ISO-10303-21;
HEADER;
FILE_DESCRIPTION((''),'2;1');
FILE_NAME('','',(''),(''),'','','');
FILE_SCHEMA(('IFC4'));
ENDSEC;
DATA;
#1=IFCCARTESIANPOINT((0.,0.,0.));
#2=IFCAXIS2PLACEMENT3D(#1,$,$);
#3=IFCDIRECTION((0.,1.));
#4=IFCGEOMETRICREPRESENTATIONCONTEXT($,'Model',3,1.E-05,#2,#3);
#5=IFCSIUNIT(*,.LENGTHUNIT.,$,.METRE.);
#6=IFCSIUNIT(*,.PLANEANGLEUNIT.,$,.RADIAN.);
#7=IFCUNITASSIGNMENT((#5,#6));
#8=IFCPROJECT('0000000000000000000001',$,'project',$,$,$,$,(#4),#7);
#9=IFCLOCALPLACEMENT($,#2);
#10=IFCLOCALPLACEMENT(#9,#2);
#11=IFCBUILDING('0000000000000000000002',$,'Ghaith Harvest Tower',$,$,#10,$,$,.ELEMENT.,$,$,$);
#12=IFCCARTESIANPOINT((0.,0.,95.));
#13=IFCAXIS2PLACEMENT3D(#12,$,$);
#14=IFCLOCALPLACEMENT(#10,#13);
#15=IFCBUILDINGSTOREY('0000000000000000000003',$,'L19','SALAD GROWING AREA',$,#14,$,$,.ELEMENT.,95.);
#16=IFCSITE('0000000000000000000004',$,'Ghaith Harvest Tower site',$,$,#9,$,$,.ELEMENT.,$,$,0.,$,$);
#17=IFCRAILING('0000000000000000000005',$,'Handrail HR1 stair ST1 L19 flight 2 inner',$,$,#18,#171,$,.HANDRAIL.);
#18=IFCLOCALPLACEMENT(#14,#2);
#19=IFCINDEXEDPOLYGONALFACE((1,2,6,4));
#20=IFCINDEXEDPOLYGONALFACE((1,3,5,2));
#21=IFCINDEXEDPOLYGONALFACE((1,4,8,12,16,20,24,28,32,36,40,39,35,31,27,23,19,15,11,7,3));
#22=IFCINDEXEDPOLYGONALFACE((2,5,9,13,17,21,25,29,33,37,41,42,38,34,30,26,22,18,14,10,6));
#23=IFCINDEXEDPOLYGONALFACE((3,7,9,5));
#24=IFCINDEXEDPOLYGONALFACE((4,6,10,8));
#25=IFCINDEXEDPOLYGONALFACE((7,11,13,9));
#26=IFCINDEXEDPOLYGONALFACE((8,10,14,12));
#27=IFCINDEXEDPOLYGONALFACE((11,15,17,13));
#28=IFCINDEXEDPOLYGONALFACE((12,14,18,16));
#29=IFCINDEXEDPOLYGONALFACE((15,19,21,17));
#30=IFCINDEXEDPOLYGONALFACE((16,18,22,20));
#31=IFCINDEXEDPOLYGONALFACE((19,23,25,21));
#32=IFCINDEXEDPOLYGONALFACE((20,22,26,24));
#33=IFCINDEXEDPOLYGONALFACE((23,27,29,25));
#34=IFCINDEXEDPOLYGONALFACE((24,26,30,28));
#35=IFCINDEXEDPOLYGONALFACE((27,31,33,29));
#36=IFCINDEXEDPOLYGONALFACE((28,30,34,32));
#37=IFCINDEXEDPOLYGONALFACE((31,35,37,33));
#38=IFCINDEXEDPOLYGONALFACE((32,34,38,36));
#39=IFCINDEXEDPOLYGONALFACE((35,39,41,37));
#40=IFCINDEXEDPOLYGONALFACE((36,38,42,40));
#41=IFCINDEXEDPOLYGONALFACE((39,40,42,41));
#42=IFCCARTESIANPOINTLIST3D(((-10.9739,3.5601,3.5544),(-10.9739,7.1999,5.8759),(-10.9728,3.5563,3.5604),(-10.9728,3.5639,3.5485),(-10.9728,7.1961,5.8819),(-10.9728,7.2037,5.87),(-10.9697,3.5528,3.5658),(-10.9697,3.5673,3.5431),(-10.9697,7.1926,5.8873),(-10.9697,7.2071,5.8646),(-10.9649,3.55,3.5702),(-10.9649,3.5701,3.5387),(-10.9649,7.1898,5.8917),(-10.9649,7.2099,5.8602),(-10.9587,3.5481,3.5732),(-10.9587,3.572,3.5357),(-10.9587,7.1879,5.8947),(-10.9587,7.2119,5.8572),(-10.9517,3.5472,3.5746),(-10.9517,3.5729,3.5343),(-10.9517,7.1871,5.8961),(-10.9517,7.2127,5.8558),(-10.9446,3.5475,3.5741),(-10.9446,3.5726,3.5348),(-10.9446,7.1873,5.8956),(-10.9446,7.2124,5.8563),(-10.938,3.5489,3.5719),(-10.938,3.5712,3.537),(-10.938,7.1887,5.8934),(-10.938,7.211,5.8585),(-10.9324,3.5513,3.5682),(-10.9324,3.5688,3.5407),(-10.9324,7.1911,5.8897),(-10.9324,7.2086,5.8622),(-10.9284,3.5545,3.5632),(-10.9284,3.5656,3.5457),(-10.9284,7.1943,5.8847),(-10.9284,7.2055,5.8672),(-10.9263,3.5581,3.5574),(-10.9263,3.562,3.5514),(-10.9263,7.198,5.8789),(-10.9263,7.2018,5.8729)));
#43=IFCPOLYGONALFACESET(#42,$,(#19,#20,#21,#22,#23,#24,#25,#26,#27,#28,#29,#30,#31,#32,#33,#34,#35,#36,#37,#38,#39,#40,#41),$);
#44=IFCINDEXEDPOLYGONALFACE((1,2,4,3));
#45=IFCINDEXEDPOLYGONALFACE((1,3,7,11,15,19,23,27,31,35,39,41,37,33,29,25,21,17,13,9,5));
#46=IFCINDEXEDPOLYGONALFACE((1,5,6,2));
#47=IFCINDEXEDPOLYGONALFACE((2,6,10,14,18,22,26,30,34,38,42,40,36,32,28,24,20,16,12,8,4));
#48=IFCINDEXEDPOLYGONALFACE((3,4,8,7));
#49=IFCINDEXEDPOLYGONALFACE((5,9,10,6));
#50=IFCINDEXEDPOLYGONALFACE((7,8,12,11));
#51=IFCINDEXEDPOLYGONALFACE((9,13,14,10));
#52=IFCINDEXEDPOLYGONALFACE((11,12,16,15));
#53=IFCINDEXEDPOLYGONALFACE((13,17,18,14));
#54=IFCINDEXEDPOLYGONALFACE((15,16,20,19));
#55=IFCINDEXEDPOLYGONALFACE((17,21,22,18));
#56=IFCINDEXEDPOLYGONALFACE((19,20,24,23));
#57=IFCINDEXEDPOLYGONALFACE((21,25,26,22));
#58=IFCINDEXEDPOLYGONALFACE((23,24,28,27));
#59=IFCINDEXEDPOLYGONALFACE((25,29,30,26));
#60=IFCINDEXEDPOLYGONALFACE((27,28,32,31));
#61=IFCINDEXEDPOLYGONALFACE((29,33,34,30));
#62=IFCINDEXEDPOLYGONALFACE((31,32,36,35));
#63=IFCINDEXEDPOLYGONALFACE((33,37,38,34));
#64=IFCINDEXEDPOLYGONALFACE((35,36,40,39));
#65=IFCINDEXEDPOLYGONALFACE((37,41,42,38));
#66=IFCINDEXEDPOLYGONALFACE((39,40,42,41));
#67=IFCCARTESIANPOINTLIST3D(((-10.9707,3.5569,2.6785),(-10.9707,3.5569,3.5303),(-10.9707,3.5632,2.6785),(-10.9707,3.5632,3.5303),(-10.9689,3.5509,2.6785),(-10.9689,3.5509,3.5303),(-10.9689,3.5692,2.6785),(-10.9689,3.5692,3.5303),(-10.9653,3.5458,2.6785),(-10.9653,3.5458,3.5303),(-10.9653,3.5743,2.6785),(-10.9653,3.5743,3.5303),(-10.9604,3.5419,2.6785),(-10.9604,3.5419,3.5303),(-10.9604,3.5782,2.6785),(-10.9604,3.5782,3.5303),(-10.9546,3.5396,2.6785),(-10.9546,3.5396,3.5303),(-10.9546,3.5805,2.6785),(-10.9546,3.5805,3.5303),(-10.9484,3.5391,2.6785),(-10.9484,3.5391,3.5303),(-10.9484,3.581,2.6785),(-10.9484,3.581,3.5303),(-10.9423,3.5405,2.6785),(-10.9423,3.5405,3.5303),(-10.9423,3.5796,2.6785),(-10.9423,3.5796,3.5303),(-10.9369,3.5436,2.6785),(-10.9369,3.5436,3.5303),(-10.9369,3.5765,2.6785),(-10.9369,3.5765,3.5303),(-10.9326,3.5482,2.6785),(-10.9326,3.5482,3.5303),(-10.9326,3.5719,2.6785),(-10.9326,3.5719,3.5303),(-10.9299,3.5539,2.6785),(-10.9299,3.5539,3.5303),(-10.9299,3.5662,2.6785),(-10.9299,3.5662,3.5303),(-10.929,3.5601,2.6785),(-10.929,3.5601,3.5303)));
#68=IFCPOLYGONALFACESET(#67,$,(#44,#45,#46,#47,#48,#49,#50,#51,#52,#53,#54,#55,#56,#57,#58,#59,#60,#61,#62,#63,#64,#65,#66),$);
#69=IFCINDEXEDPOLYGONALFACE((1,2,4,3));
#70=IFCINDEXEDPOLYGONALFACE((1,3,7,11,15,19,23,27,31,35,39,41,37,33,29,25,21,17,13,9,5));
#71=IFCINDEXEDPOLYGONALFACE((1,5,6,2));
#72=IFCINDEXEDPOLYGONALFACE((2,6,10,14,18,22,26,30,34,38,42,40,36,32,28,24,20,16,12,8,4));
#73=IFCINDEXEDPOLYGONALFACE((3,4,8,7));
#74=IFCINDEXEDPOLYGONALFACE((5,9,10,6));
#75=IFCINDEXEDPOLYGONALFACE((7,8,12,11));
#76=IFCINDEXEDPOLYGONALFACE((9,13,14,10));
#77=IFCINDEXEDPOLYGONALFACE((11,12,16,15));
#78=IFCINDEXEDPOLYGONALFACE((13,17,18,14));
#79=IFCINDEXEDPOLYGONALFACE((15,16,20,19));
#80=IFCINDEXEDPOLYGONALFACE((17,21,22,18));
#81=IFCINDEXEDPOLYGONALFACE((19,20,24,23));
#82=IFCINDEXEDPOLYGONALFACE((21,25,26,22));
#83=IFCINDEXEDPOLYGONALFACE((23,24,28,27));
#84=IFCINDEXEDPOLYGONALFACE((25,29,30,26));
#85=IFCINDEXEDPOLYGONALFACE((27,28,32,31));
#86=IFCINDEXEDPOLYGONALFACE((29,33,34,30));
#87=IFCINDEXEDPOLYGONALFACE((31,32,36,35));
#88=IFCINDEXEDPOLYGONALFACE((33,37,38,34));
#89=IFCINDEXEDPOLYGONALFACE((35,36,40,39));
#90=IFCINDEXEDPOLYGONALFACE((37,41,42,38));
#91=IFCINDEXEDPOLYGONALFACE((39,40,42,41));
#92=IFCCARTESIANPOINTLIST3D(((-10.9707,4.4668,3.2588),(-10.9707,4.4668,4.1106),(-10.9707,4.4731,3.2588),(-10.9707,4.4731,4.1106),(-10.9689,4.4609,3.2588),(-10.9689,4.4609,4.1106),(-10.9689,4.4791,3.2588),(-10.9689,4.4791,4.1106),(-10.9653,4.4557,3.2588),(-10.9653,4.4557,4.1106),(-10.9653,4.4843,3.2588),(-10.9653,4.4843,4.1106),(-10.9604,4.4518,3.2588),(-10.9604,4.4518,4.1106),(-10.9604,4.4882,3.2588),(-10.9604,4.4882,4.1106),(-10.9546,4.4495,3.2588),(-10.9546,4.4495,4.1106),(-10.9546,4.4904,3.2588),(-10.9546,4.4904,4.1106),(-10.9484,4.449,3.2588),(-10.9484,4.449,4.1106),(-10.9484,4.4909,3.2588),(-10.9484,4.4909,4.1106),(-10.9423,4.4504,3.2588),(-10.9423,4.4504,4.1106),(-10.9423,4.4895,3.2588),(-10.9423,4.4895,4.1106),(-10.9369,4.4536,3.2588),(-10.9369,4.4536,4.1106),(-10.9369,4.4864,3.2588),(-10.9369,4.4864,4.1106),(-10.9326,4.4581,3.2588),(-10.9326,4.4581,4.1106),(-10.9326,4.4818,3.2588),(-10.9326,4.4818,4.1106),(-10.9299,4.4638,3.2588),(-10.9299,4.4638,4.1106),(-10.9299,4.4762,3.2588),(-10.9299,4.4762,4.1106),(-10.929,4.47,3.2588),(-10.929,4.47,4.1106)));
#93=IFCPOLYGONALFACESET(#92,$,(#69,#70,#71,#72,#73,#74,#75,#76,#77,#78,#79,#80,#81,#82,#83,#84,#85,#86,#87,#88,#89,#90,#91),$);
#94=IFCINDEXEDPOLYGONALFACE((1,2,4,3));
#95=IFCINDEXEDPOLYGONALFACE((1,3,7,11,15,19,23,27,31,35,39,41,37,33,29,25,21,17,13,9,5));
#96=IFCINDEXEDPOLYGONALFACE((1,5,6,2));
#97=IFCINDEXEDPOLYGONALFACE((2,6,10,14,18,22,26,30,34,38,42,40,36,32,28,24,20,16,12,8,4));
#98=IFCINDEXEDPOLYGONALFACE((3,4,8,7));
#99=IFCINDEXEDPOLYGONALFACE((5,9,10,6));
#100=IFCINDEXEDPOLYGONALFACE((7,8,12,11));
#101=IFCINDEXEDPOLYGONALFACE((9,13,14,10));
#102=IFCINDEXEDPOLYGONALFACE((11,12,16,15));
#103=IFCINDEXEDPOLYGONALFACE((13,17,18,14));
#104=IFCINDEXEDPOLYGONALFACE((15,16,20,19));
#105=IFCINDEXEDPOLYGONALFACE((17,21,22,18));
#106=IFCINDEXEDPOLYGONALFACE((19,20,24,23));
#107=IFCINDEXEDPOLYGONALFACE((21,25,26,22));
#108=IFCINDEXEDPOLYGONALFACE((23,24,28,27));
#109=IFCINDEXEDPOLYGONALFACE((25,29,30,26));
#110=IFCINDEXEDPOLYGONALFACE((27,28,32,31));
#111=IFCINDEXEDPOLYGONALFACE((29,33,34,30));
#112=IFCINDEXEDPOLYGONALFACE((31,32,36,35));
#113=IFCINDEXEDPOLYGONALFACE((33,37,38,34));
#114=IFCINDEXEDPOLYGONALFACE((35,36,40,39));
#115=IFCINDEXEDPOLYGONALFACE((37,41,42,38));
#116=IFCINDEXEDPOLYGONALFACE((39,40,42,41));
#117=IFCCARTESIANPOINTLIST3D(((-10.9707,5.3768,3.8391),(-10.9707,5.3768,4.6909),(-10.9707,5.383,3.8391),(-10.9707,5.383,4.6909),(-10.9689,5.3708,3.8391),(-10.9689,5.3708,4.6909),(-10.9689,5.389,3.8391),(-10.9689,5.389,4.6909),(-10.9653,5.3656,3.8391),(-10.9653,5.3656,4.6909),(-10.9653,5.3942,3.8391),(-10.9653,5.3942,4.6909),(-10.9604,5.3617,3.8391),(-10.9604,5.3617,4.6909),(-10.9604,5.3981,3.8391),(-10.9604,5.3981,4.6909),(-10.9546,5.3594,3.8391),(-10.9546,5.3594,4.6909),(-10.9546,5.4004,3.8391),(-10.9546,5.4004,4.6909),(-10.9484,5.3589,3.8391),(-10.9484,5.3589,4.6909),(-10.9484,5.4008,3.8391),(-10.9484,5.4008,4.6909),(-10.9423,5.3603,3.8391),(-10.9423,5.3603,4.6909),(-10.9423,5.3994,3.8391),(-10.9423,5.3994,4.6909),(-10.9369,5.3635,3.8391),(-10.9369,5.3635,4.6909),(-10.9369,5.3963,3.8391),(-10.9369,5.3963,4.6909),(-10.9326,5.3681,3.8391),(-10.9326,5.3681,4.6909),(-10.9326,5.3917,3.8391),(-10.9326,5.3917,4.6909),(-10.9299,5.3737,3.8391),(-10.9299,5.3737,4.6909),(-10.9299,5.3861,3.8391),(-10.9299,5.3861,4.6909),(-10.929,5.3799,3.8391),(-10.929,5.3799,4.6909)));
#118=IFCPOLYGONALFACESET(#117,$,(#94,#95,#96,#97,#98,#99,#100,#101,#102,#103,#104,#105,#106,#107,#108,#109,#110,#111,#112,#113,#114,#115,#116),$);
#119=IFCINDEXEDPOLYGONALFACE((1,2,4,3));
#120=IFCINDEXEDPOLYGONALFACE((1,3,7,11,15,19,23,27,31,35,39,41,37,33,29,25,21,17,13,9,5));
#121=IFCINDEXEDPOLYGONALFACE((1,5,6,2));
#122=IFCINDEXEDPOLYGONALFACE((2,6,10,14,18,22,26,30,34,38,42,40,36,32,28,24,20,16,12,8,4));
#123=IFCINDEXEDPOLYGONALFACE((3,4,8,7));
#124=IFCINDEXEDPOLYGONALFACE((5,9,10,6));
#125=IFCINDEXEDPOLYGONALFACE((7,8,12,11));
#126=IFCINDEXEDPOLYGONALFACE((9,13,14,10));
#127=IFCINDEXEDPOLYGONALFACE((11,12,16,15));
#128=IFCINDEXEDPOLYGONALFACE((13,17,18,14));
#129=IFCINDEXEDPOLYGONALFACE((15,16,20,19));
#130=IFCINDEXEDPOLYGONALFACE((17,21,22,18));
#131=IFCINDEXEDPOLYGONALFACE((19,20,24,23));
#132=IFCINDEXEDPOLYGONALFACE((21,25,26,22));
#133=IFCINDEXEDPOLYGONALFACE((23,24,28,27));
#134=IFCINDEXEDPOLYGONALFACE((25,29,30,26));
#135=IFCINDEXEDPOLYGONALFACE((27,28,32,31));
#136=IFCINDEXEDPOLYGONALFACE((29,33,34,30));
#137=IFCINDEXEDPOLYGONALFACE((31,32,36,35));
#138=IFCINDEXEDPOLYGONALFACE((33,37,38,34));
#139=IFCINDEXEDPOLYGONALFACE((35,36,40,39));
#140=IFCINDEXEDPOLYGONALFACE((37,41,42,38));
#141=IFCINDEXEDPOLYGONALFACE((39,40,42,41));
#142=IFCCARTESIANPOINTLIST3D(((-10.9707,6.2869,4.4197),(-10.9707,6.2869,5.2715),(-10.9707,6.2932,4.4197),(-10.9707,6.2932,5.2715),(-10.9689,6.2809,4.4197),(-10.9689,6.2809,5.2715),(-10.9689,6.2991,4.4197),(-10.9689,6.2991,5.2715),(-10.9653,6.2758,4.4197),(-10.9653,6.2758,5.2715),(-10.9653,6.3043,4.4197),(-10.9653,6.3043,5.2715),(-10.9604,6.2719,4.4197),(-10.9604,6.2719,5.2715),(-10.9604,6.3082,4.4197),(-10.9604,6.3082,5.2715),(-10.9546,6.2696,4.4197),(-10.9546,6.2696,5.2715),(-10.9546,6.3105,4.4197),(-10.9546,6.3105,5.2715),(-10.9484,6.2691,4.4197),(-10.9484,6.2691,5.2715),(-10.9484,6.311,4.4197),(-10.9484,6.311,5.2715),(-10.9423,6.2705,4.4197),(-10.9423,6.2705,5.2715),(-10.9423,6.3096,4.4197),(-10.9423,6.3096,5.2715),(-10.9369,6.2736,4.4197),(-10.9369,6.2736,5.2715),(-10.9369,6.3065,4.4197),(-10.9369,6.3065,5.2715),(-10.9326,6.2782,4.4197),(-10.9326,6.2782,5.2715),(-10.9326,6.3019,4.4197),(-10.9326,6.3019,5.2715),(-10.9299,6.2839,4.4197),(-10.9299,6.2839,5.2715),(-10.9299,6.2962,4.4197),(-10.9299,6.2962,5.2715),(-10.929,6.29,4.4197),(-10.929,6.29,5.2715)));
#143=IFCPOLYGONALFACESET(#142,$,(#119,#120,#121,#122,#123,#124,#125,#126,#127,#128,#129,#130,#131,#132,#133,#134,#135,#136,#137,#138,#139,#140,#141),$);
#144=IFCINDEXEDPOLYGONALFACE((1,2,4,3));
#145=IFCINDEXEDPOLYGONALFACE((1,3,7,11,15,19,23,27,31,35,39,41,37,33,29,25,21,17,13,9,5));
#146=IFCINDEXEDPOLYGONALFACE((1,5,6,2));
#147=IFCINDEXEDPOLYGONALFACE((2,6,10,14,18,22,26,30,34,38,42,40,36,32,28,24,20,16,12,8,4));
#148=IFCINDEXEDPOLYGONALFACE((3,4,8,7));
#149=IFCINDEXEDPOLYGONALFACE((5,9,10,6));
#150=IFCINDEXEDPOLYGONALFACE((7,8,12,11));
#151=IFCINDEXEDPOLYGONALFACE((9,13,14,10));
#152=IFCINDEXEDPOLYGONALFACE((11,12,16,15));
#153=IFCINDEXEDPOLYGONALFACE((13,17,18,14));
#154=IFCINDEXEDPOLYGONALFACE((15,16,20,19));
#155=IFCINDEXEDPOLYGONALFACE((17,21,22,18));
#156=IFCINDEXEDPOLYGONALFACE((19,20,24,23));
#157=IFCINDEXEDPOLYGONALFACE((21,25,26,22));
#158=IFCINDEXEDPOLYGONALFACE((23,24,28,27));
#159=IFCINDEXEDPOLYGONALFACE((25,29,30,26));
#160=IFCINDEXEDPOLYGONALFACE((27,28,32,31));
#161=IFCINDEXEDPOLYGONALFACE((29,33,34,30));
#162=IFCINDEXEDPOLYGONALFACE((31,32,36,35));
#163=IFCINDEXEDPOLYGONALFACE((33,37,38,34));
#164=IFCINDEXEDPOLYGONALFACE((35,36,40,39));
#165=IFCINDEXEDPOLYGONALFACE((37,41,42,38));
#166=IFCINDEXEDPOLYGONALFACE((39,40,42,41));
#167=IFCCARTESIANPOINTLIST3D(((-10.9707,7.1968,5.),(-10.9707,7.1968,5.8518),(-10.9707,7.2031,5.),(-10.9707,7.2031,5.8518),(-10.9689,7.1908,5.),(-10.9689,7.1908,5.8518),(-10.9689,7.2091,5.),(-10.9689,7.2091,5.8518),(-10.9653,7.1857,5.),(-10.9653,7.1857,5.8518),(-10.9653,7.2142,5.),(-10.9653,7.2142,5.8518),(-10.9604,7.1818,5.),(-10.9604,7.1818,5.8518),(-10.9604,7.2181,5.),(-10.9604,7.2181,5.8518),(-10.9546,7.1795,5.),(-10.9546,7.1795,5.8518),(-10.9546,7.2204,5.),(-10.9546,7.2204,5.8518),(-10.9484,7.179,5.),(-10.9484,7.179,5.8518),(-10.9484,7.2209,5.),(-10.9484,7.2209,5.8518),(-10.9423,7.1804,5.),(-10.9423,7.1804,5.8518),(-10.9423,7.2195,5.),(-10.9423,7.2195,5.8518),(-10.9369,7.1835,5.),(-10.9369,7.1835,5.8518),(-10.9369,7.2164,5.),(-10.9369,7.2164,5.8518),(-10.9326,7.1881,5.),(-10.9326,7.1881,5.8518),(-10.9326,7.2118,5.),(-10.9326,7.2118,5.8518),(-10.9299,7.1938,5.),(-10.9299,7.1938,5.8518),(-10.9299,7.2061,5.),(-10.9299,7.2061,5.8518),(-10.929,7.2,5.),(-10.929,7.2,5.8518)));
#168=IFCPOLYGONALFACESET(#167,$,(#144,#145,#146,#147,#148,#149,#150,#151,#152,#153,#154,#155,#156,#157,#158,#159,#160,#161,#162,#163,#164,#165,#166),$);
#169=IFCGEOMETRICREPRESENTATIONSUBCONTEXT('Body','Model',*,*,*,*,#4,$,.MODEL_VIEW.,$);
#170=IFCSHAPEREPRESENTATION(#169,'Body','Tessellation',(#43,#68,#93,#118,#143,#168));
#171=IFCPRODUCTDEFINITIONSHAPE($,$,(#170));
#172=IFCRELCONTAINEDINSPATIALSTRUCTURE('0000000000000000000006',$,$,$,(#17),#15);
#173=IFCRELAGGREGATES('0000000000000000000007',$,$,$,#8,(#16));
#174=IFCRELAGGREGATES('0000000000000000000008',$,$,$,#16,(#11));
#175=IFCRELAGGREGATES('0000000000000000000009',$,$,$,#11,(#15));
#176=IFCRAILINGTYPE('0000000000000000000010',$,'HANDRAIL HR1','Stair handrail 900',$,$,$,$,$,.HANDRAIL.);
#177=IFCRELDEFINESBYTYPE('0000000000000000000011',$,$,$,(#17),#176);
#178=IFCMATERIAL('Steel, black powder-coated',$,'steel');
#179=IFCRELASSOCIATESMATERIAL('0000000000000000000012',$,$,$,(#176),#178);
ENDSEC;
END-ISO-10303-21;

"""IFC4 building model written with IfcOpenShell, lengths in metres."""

from ifc_helpers import new_model, si_unit, direction, frame, origin, origin_2d, place, context, subcontext, project, spatial, circle, extrude, material, type_object, element, save


model = new_model("IFC4")

# Units and contexts
model_context = context("Model", 3, precision=1e-05, world=origin(), true_north=direction((0.0, 1.0)))
body_context = subcontext(model_context, "Body", "Model", "MODEL_VIEW")
ifc_project = project(units=[si_unit("LENGTHUNIT", "METRE"), si_unit("PLANEANGLEUNIT", "RADIAN")], contexts=[model_context])

# Site, building, storey
site_placement = place(None, origin())
site = spatial("IfcSite", under=ifc_project, at=site_placement, Name="Ghaith Harvest Tower site", CompositionType="ELEMENT", RefElevation=0.0)
building_placement = place(site_placement, origin())
building = spatial("IfcBuilding", under=site, at=building_placement, Name="Ghaith Harvest Tower", CompositionType="ELEMENT")
storey_placement = place(building_placement, frame((0.0, 0.0, 95.0)))
storey = spatial("IfcBuildingStorey", under=building, at=storey_placement, Name="L19", Description="SALAD GROWING AREA", CompositionType="ELEMENT", Elevation=95.0)

# Railing
ifc_material_1 = material(Name="Steel, black powder-coated", Category="steel")
railing_type = type_object("IfcRailingType", Name="HANDRAIL HR1", Description="Stair handrail 900", PredefinedType="HANDRAIL", material=ifc_material_1)
railing_1_placement = place(storey_placement, frame((-10.95, 3.5601, 2.6785)))
element("IfcRailing", 1, at=railing_1_placement, inside=storey, type_object=railing_type, Name="Handrail HR1 stair ST1 L19 flight 2 inner", PredefinedType="HANDRAIL", context=body_context, shape_type="SweptSolid", body=[
    extrude(circle(Radius=0.0239, at=origin_2d()), frame((0.0, 0.0, 0.876), z_axis=(0.0, 0.843112, 0.537739), x_axis=(-1.0, 0.0, 0.0)), (0.0, 0.0, 1.0), 4.3171),
    extrude(circle(Radius=0.021, at=origin_2d()), origin(), (0.0, 0.0, 1.0), 0.8518),
    extrude(circle(Radius=0.021, at=origin_2d()), frame((0.0, 0.9099, 0.5803)), (0.0, 0.0, 1.0), 0.8518),
    extrude(circle(Radius=0.021, at=origin_2d()), frame((0.0, 1.8198, 1.1606)), (0.0, 0.0, 1.0), 0.8518),
    extrude(circle(Radius=0.021, at=origin_2d()), frame((0.0, 2.73, 1.7412)), (0.0, 0.0, 1.0), 0.8518),
    extrude(circle(Radius=0.021, at=origin_2d()), frame((0.0, 3.6399, 2.3215)), (0.0, 0.0, 1.0), 0.8518),
])

save(model, "model.ifc")
